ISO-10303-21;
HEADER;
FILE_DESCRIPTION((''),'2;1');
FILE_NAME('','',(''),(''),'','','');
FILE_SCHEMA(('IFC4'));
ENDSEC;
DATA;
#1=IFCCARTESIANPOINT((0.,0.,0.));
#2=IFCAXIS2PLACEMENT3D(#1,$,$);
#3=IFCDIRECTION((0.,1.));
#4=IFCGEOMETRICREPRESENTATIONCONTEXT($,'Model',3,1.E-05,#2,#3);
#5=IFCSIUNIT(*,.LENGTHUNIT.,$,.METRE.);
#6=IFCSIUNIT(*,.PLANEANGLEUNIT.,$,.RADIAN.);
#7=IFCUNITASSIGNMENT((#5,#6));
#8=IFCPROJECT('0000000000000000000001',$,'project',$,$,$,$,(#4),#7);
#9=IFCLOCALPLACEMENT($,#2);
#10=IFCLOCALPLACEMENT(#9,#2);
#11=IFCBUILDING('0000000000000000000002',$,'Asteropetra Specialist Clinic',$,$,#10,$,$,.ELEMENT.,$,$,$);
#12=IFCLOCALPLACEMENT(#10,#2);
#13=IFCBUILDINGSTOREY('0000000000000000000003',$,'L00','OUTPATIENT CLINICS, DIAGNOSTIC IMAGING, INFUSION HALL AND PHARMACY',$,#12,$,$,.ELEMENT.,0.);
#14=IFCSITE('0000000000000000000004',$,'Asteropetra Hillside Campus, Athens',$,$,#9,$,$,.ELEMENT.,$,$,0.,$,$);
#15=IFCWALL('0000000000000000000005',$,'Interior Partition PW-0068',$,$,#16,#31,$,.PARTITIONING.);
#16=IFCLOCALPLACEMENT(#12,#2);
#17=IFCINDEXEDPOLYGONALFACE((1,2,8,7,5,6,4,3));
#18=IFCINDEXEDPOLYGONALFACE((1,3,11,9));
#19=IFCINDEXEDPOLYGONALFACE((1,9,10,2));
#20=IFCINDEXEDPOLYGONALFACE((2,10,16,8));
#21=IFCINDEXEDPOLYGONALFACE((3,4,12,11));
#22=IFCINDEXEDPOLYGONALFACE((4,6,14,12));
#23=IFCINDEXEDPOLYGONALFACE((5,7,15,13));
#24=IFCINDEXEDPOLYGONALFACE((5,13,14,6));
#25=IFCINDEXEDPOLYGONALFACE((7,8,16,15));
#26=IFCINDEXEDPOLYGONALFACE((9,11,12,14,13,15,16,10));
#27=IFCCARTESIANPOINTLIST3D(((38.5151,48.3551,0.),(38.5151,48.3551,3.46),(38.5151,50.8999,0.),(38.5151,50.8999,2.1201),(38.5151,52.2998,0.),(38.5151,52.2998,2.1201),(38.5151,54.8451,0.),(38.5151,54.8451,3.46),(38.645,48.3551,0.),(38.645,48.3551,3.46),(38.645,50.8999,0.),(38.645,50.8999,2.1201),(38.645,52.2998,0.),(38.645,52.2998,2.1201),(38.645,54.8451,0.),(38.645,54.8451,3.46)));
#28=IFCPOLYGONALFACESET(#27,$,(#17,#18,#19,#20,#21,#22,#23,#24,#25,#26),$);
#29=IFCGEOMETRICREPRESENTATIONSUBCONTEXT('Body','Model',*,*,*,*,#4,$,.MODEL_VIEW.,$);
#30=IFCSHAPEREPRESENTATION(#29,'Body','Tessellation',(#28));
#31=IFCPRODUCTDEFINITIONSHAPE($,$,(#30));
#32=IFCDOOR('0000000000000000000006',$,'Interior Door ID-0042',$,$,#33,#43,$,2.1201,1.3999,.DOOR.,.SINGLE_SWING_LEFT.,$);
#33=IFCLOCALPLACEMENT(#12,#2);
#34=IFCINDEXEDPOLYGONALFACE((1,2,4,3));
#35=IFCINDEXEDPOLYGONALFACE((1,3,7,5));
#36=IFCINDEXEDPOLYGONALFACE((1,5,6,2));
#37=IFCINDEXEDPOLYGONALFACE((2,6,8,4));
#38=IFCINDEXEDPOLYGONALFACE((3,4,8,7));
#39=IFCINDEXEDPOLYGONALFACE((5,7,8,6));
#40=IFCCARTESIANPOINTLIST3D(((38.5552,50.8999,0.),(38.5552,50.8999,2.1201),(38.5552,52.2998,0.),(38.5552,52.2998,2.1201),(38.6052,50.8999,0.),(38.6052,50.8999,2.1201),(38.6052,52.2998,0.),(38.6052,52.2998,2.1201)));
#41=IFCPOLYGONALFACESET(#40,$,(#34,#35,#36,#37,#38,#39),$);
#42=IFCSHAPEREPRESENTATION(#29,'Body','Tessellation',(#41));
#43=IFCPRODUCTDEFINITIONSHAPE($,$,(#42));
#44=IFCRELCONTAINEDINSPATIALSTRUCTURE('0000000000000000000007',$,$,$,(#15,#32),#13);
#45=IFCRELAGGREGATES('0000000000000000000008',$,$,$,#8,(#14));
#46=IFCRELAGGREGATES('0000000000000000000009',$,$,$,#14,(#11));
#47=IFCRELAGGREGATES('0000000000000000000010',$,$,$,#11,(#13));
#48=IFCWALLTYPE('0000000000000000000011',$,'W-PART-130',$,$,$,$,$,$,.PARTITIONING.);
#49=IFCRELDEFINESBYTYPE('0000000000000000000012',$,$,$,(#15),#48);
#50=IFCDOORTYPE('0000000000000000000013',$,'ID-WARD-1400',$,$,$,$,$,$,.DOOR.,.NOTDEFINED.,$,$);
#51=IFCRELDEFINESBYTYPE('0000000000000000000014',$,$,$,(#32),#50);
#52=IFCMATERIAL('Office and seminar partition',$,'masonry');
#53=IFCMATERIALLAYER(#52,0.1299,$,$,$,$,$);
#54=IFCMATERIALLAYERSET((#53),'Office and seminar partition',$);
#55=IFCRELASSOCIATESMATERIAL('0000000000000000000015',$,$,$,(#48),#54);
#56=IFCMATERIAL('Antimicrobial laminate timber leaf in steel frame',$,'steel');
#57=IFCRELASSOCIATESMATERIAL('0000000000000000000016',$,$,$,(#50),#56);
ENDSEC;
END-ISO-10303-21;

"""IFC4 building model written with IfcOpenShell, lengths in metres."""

from ifc_helpers import new_model, si_unit, direction, frame, frame_2d, origin, place, context, subcontext, project, spatial, rectangle, extrude, material, layer, layer_set, type_object, element, fill, save


model = new_model("IFC4")

# Units and contexts
model_context = context("Model", 3, precision=1e-05, world=origin(), true_north=direction((0.0, 1.0)))
body_context = subcontext(model_context, "Body", "Model", "MODEL_VIEW")
ifc_project = project(units=[si_unit("LENGTHUNIT", "METRE"), si_unit("PLANEANGLEUNIT", "RADIAN")], contexts=[model_context])

# Site, building, storey
site_placement = place(None, origin())
site = spatial("IfcSite", under=ifc_project, at=site_placement, Name="Asteropetra Hillside Campus, Athens", CompositionType="ELEMENT", RefElevation=0.0)
building_placement = place(site_placement, origin())
building = spatial("IfcBuilding", under=site, at=building_placement, Name="Asteropetra Specialist Clinic", CompositionType="ELEMENT")
storey_placement = place(building_placement, origin())
storey = spatial("IfcBuildingStorey", under=building, at=storey_placement, Name="L00", Description="OUTPATIENT CLINICS, DIAGNOSTIC IMAGING, INFUSION HALL AND PHARMACY", CompositionType="ELEMENT", Elevation=0.0)

# Wall, opening, door
ifc_material_1 = material(Name="Office and seminar partition", Category="masonry")
ifc_layer_1 = layer(ifc_material_1, 0.1299)
ifc_layer_set_1 = layer_set([ifc_layer_1], Name="Office and seminar partition")
wall_type_1 = type_object("IfcWallType", Name="W-PART-130", PredefinedType="PARTITIONING", material=ifc_layer_set_1)
wall_1_placement = place(storey_placement, frame((38.5801, 48.355, 0.0), z_axis=(0.0, 0.0, 1.0), x_axis=(0.0, 1.0, 0.0)))
wall_1 = element("IfcWall", 1, at=wall_1_placement, inside=storey, type_object=wall_type_1, Name="Interior Partition PW-0068", PredefinedType="PARTITIONING", context=body_context, shape_type="SweptSolid", body=[
    extrude(rectangle(XDim=6.49, YDim=0.1299, at=frame_2d((3.2451, 0.0))), origin(), (0.0, 0.0, 1.0), 3.46),
])
opening_placement = place(wall_1_placement, frame((2.5449, 0.0, 0.0)))
opening = element("IfcOpeningElement", 2, at=opening_placement, cuts=wall_1, PredefinedType="OPENING", context=body_context, shape_type="SweptSolid", body=[
    extrude(rectangle(XDim=1.3999, YDim=2.1201, at=frame_2d((0.7, 1.0601))), frame((0.0, 0.075, 0.0), z_axis=(0.0, -1.0, 0.0), x_axis=(1.0, 0.0, 0.0)), (0.0, 0.0, 1.0), 0.1499),
])
ifc_material_2 = material(Name="Antimicrobial laminate timber leaf in steel frame", Category="steel")
door_type = type_object("IfcDoorType", Name="ID-WARD-1400", OperationType="NOTDEFINED", PredefinedType="DOOR", material=ifc_material_2)
door_placement = place(opening_placement, origin())
door = element("IfcDoor", 3, at=door_placement, inside=storey, type_object=door_type, Name="Interior Door ID-0042", OperationType="SINGLE_SWING_LEFT", OverallHeight=2.1201, OverallWidth=1.3999, PredefinedType="DOOR", context=body_context, shape_type="SweptSolid", body=[
    extrude(rectangle(XDim=1.3999, YDim=2.1201, at=frame_2d((0.7, 1.0601))), frame((0.0, 0.0249, 0.0), z_axis=(0.0, -1.0, 0.0), x_axis=(1.0, 0.0, 0.0)), (0.0, 0.0, 1.0), 0.05),
])
fill(opening, door)

save(model, "model.ifc")
